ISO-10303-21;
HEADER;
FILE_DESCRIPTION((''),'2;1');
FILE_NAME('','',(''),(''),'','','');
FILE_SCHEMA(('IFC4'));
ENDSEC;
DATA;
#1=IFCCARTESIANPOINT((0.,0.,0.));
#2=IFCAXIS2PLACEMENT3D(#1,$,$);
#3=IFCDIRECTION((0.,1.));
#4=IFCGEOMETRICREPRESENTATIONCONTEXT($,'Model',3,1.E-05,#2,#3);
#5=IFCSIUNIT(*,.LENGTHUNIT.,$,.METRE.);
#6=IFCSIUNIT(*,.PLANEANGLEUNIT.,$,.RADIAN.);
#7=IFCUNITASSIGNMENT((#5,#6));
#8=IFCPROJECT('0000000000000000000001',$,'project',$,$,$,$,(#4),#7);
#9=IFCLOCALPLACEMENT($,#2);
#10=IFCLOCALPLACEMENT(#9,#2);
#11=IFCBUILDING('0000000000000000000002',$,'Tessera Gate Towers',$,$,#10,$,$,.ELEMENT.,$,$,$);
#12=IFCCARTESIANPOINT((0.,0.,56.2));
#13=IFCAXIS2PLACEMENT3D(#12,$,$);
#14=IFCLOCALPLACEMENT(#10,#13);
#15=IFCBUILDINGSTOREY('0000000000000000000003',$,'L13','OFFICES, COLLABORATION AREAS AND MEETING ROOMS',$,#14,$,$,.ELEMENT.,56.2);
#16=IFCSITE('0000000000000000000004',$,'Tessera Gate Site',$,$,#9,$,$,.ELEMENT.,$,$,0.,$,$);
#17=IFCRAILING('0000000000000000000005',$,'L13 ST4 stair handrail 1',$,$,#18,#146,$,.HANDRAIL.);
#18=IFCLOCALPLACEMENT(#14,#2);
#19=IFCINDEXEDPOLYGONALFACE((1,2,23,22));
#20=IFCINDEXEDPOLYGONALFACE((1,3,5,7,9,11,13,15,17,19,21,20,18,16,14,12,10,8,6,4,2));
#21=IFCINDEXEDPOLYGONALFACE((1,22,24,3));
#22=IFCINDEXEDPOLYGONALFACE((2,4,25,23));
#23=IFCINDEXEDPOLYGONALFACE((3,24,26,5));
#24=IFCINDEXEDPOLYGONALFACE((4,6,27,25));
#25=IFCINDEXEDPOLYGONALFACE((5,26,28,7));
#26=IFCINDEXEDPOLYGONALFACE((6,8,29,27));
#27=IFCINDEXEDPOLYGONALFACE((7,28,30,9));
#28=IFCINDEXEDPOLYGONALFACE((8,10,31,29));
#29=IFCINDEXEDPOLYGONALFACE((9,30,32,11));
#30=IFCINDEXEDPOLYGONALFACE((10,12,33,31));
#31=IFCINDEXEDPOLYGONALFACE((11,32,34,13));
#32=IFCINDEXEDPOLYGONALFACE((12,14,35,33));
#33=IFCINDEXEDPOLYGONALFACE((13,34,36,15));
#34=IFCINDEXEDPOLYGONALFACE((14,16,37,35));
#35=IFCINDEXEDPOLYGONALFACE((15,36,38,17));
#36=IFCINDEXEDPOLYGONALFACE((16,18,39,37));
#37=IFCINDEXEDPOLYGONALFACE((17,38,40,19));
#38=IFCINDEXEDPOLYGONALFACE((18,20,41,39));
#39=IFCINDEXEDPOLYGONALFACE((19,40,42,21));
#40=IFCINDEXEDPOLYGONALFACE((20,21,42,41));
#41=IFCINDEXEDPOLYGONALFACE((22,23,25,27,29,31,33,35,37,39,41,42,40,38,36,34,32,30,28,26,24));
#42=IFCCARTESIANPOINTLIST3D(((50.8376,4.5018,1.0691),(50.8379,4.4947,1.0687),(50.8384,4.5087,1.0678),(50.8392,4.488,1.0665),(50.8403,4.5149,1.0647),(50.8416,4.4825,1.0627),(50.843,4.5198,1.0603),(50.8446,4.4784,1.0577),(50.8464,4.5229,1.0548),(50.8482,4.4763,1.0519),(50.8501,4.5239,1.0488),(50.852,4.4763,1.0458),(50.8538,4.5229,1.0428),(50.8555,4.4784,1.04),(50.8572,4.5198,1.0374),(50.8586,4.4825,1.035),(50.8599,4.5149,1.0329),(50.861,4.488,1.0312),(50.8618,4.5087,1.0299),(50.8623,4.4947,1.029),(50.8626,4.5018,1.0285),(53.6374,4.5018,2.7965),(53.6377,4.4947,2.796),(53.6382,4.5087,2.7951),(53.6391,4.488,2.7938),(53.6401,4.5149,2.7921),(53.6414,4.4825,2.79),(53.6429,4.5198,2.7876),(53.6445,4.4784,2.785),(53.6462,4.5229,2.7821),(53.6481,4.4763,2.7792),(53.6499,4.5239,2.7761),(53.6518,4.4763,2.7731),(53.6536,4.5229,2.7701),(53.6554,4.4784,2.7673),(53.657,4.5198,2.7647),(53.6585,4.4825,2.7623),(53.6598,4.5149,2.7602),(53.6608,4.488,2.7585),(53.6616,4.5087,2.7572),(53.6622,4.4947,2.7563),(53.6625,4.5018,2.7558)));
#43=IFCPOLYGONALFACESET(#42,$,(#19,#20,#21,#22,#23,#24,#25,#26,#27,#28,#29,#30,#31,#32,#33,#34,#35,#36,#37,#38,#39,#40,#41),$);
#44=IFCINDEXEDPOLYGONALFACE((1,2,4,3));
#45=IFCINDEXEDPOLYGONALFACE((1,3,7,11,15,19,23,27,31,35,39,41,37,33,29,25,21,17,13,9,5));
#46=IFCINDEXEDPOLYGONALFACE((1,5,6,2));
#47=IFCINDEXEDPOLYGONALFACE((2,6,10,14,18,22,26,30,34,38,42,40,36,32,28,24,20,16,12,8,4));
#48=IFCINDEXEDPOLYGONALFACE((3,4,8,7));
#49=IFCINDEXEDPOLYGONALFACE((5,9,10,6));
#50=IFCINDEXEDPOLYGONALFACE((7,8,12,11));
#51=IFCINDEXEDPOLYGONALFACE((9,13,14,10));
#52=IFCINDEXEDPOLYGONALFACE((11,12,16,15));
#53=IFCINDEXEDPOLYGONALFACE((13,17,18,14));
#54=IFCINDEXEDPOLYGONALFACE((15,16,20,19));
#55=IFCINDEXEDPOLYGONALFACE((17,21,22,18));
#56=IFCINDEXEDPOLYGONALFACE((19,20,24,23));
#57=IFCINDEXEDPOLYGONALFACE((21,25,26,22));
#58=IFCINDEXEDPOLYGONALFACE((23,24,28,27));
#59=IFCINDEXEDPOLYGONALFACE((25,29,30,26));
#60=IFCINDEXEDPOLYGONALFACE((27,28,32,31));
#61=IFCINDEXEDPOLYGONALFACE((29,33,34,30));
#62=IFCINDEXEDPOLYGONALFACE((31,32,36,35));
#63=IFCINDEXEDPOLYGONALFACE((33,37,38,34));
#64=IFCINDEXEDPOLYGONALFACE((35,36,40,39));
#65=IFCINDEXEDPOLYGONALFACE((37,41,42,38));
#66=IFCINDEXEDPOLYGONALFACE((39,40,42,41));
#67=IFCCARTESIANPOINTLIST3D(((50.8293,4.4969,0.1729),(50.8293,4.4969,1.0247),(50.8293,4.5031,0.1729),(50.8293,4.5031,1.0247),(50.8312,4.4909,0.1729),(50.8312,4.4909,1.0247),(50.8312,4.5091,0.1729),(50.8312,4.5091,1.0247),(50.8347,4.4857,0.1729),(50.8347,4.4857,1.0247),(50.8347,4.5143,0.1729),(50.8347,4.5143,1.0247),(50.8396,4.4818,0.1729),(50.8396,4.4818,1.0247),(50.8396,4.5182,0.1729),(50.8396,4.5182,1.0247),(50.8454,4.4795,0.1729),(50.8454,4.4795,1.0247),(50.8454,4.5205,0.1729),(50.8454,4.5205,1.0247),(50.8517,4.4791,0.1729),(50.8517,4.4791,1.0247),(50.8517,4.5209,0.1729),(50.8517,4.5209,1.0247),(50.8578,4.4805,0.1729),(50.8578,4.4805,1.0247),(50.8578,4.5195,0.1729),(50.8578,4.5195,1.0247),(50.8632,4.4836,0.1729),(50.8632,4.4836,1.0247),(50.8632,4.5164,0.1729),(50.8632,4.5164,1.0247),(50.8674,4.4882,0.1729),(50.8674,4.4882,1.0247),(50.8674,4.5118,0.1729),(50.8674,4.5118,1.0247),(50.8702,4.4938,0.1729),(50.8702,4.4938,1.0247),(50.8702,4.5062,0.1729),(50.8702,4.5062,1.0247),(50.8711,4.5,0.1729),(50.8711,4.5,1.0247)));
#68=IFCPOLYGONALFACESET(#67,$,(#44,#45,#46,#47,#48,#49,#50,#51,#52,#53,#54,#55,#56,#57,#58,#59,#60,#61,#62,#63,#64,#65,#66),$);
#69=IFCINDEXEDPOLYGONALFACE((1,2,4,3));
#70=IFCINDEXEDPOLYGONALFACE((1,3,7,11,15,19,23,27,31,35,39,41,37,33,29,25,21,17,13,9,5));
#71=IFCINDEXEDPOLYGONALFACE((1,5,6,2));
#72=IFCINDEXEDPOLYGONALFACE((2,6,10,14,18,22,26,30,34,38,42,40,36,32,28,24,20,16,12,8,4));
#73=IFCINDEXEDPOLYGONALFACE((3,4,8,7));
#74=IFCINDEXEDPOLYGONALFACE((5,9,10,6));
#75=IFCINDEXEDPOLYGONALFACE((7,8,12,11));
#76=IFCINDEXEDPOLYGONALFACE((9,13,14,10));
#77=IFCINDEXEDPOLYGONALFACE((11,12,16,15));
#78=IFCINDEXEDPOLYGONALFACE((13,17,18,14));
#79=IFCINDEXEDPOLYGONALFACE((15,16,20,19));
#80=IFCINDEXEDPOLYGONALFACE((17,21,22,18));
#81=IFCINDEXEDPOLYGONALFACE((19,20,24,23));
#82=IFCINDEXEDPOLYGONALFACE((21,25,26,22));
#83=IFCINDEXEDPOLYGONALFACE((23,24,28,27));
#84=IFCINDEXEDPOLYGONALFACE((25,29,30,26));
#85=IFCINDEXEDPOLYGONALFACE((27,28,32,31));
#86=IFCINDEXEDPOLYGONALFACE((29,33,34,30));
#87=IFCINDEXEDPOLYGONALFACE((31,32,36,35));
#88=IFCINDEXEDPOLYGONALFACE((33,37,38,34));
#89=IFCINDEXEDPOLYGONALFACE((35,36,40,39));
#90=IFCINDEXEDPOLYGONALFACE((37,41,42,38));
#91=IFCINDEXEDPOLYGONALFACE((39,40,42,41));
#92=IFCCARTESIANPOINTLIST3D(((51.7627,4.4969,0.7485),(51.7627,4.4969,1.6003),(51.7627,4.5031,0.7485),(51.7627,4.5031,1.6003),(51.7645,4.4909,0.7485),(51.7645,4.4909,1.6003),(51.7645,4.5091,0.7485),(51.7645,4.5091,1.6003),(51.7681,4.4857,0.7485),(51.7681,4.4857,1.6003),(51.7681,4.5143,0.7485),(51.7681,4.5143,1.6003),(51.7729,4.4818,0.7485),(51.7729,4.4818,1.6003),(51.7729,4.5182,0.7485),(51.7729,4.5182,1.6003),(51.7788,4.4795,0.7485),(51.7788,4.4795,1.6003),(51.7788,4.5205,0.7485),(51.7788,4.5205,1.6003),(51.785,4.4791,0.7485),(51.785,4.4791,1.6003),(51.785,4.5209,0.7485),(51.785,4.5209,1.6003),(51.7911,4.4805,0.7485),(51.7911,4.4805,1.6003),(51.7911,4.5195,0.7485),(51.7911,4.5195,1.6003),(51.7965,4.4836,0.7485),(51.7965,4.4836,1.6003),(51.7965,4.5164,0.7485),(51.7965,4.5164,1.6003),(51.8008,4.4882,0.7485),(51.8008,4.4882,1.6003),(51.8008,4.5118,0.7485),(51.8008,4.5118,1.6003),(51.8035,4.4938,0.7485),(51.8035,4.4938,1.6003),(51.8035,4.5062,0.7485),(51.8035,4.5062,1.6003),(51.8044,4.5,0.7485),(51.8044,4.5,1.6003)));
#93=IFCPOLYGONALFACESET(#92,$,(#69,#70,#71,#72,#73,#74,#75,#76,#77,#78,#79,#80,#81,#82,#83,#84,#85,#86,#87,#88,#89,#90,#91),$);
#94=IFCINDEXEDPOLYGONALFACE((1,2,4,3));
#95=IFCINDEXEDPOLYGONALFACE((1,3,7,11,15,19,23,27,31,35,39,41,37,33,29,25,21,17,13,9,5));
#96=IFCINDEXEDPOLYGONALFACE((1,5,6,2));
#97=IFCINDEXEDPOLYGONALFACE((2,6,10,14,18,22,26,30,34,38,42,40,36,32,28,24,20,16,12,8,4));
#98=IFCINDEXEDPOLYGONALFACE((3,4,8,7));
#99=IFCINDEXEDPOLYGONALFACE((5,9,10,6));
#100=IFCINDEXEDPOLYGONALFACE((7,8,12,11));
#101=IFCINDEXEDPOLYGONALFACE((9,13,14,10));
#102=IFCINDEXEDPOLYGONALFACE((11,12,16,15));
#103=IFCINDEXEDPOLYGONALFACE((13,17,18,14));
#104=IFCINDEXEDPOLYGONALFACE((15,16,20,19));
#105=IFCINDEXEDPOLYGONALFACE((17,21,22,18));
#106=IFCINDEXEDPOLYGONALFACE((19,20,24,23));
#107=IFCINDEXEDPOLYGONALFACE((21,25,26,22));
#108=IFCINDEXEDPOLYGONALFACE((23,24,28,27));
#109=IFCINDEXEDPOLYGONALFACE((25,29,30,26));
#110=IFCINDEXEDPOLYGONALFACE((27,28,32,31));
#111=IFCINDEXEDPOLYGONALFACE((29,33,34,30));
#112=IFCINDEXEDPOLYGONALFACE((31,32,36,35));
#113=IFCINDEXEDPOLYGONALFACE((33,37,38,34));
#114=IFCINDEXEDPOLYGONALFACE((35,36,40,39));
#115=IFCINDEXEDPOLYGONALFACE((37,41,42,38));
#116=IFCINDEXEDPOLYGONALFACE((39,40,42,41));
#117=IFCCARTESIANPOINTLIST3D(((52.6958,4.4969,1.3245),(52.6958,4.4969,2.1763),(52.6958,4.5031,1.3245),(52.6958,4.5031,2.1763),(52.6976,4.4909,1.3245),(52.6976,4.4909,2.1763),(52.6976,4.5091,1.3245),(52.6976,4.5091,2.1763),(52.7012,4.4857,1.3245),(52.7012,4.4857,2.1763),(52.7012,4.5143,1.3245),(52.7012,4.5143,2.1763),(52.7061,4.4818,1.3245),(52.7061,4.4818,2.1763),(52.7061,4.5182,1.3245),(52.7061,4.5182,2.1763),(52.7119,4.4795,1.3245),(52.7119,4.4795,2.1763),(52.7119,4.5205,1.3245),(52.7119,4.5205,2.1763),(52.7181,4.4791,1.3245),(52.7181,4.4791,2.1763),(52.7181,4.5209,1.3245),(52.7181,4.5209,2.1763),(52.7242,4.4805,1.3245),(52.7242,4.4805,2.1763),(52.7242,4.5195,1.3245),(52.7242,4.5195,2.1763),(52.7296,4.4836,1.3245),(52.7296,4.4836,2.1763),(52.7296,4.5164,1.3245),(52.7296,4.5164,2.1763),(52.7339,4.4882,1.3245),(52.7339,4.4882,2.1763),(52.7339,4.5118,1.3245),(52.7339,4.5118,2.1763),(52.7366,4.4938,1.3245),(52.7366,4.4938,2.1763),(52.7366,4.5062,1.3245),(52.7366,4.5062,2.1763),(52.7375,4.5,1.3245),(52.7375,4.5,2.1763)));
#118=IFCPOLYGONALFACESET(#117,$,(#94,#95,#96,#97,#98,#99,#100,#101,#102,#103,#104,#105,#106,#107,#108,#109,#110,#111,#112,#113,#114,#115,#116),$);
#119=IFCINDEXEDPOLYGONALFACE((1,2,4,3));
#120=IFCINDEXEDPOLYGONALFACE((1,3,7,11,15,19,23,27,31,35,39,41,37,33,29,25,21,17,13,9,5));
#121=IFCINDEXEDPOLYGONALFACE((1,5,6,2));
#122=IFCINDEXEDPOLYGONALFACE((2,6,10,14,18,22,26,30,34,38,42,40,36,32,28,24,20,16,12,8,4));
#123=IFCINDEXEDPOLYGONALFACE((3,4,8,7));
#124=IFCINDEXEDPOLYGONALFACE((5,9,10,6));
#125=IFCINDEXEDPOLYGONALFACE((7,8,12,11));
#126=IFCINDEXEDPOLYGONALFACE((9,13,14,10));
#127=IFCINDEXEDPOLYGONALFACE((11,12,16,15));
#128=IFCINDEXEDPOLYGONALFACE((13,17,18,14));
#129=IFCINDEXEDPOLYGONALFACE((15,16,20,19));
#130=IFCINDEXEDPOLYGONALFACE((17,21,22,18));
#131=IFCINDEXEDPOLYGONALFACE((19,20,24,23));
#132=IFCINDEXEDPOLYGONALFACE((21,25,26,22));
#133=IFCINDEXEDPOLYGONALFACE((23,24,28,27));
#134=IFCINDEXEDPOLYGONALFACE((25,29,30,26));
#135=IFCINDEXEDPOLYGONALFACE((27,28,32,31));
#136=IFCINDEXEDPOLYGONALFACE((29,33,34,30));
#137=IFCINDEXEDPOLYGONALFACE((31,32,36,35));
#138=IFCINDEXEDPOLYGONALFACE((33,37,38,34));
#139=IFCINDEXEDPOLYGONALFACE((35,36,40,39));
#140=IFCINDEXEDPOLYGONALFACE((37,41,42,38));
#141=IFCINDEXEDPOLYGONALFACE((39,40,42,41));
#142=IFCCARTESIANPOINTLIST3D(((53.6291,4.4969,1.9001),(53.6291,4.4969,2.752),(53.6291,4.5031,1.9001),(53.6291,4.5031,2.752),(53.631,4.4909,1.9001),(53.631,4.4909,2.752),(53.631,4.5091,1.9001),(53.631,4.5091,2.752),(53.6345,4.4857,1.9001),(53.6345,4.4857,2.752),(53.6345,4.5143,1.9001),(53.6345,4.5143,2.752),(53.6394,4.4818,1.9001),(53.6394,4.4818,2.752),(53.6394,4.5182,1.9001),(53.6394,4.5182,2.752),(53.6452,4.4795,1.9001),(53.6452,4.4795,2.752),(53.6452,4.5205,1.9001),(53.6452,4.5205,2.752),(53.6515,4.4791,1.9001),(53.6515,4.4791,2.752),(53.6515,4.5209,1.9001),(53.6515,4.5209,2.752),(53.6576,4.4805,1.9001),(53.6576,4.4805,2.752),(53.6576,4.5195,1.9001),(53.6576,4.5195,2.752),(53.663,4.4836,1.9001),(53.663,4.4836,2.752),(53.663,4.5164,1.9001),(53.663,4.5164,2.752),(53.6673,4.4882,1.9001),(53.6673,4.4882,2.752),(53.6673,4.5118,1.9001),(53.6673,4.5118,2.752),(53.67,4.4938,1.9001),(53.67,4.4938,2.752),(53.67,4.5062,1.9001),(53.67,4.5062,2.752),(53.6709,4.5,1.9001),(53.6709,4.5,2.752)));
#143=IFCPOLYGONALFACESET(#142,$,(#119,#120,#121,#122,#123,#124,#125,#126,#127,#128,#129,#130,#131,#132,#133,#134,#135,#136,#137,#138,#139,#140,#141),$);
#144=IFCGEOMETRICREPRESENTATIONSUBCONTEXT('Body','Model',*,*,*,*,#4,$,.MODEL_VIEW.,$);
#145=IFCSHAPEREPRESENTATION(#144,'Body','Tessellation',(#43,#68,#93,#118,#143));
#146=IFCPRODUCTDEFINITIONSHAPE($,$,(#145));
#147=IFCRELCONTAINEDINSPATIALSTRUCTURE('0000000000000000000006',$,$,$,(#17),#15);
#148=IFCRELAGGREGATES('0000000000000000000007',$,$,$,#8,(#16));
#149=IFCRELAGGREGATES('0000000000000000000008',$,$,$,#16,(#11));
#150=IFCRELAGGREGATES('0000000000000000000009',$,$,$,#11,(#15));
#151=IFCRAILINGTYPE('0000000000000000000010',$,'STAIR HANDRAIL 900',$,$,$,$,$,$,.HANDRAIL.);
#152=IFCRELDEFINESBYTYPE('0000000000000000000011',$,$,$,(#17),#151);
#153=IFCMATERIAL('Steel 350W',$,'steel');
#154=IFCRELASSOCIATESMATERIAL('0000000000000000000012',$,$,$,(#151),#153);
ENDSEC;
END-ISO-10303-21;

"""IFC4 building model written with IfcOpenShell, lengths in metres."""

from ifc_helpers import new_model, si_unit, direction, frame, origin, origin_2d, place, context, subcontext, project, spatial, circle, extrude, material, type_object, element, save


model = new_model("IFC4")

# Units and contexts
model_context = context("Model", 3, precision=1e-05, world=origin(), true_north=direction((0.0, 1.0)))
body_context = subcontext(model_context, "Body", "Model", "MODEL_VIEW")
ifc_project = project(units=[si_unit("LENGTHUNIT", "METRE"), si_unit("PLANEANGLEUNIT", "RADIAN")], contexts=[model_context])

# Site, building, storey
site_placement = place(None, origin())
site = spatial("IfcSite", under=ifc_project, at=site_placement, Name="Tessera Gate Site", CompositionType="ELEMENT", RefElevation=0.0)
building_placement = place(site_placement, origin())
building = spatial("IfcBuilding", under=site, at=building_placement, Name="Tessera Gate Towers", CompositionType="ELEMENT")
storey_placement = place(building_placement, frame((0.0, 0.0, 56.2)))
storey = spatial("IfcBuildingStorey", under=building, at=storey_placement, Name="L13", Description="OFFICES, COLLABORATION AREAS AND MEETING ROOMS", CompositionType="ELEMENT", Elevation=56.2)

# Railing
ifc_material_1 = material(Name="Steel 350W", Category="steel")
railing_type_1 = type_object("IfcRailingType", Name="STAIR HANDRAIL 900", PredefinedType="HANDRAIL", material=ifc_material_1)
railing_1_placement = place(storey_placement, frame((50.8501, 4.5, 0.1729)))
element("IfcRailing", 1, at=railing_1_placement, inside=storey, type_object=railing_type_1, Name="L13 ST4 stair handrail 1", PredefinedType="HANDRAIL", context=body_context, shape_type="SweptSolid", body=[
    extrude(circle(Radius=0.0239, at=origin_2d()), frame((0.0, 0.0, 0.876), z_axis=(0.851069, 0.0, 0.525054), x_axis=(0.0, 1.0, 0.0)), (0.0, 0.0, 1.0), 3.2898),
    extrude(circle(Radius=0.021, at=origin_2d()), origin(), (0.0, 0.0, 1.0), 0.8518),
    extrude(circle(Radius=0.021, at=origin_2d()), frame((0.9333, 0.0, 0.5757)), (0.0, 0.0, 1.0), 0.8518),
    extrude(circle(Radius=0.021, at=origin_2d()), frame((1.8665, 0.0, 1.1516)), (0.0, 0.0, 1.0), 0.8518),
    extrude(circle(Radius=0.021, at=origin_2d()), frame((2.7998, 0.0, 1.7273)), (0.0, 0.0, 1.0), 0.8518),
])

save(model, "model.ifc")
